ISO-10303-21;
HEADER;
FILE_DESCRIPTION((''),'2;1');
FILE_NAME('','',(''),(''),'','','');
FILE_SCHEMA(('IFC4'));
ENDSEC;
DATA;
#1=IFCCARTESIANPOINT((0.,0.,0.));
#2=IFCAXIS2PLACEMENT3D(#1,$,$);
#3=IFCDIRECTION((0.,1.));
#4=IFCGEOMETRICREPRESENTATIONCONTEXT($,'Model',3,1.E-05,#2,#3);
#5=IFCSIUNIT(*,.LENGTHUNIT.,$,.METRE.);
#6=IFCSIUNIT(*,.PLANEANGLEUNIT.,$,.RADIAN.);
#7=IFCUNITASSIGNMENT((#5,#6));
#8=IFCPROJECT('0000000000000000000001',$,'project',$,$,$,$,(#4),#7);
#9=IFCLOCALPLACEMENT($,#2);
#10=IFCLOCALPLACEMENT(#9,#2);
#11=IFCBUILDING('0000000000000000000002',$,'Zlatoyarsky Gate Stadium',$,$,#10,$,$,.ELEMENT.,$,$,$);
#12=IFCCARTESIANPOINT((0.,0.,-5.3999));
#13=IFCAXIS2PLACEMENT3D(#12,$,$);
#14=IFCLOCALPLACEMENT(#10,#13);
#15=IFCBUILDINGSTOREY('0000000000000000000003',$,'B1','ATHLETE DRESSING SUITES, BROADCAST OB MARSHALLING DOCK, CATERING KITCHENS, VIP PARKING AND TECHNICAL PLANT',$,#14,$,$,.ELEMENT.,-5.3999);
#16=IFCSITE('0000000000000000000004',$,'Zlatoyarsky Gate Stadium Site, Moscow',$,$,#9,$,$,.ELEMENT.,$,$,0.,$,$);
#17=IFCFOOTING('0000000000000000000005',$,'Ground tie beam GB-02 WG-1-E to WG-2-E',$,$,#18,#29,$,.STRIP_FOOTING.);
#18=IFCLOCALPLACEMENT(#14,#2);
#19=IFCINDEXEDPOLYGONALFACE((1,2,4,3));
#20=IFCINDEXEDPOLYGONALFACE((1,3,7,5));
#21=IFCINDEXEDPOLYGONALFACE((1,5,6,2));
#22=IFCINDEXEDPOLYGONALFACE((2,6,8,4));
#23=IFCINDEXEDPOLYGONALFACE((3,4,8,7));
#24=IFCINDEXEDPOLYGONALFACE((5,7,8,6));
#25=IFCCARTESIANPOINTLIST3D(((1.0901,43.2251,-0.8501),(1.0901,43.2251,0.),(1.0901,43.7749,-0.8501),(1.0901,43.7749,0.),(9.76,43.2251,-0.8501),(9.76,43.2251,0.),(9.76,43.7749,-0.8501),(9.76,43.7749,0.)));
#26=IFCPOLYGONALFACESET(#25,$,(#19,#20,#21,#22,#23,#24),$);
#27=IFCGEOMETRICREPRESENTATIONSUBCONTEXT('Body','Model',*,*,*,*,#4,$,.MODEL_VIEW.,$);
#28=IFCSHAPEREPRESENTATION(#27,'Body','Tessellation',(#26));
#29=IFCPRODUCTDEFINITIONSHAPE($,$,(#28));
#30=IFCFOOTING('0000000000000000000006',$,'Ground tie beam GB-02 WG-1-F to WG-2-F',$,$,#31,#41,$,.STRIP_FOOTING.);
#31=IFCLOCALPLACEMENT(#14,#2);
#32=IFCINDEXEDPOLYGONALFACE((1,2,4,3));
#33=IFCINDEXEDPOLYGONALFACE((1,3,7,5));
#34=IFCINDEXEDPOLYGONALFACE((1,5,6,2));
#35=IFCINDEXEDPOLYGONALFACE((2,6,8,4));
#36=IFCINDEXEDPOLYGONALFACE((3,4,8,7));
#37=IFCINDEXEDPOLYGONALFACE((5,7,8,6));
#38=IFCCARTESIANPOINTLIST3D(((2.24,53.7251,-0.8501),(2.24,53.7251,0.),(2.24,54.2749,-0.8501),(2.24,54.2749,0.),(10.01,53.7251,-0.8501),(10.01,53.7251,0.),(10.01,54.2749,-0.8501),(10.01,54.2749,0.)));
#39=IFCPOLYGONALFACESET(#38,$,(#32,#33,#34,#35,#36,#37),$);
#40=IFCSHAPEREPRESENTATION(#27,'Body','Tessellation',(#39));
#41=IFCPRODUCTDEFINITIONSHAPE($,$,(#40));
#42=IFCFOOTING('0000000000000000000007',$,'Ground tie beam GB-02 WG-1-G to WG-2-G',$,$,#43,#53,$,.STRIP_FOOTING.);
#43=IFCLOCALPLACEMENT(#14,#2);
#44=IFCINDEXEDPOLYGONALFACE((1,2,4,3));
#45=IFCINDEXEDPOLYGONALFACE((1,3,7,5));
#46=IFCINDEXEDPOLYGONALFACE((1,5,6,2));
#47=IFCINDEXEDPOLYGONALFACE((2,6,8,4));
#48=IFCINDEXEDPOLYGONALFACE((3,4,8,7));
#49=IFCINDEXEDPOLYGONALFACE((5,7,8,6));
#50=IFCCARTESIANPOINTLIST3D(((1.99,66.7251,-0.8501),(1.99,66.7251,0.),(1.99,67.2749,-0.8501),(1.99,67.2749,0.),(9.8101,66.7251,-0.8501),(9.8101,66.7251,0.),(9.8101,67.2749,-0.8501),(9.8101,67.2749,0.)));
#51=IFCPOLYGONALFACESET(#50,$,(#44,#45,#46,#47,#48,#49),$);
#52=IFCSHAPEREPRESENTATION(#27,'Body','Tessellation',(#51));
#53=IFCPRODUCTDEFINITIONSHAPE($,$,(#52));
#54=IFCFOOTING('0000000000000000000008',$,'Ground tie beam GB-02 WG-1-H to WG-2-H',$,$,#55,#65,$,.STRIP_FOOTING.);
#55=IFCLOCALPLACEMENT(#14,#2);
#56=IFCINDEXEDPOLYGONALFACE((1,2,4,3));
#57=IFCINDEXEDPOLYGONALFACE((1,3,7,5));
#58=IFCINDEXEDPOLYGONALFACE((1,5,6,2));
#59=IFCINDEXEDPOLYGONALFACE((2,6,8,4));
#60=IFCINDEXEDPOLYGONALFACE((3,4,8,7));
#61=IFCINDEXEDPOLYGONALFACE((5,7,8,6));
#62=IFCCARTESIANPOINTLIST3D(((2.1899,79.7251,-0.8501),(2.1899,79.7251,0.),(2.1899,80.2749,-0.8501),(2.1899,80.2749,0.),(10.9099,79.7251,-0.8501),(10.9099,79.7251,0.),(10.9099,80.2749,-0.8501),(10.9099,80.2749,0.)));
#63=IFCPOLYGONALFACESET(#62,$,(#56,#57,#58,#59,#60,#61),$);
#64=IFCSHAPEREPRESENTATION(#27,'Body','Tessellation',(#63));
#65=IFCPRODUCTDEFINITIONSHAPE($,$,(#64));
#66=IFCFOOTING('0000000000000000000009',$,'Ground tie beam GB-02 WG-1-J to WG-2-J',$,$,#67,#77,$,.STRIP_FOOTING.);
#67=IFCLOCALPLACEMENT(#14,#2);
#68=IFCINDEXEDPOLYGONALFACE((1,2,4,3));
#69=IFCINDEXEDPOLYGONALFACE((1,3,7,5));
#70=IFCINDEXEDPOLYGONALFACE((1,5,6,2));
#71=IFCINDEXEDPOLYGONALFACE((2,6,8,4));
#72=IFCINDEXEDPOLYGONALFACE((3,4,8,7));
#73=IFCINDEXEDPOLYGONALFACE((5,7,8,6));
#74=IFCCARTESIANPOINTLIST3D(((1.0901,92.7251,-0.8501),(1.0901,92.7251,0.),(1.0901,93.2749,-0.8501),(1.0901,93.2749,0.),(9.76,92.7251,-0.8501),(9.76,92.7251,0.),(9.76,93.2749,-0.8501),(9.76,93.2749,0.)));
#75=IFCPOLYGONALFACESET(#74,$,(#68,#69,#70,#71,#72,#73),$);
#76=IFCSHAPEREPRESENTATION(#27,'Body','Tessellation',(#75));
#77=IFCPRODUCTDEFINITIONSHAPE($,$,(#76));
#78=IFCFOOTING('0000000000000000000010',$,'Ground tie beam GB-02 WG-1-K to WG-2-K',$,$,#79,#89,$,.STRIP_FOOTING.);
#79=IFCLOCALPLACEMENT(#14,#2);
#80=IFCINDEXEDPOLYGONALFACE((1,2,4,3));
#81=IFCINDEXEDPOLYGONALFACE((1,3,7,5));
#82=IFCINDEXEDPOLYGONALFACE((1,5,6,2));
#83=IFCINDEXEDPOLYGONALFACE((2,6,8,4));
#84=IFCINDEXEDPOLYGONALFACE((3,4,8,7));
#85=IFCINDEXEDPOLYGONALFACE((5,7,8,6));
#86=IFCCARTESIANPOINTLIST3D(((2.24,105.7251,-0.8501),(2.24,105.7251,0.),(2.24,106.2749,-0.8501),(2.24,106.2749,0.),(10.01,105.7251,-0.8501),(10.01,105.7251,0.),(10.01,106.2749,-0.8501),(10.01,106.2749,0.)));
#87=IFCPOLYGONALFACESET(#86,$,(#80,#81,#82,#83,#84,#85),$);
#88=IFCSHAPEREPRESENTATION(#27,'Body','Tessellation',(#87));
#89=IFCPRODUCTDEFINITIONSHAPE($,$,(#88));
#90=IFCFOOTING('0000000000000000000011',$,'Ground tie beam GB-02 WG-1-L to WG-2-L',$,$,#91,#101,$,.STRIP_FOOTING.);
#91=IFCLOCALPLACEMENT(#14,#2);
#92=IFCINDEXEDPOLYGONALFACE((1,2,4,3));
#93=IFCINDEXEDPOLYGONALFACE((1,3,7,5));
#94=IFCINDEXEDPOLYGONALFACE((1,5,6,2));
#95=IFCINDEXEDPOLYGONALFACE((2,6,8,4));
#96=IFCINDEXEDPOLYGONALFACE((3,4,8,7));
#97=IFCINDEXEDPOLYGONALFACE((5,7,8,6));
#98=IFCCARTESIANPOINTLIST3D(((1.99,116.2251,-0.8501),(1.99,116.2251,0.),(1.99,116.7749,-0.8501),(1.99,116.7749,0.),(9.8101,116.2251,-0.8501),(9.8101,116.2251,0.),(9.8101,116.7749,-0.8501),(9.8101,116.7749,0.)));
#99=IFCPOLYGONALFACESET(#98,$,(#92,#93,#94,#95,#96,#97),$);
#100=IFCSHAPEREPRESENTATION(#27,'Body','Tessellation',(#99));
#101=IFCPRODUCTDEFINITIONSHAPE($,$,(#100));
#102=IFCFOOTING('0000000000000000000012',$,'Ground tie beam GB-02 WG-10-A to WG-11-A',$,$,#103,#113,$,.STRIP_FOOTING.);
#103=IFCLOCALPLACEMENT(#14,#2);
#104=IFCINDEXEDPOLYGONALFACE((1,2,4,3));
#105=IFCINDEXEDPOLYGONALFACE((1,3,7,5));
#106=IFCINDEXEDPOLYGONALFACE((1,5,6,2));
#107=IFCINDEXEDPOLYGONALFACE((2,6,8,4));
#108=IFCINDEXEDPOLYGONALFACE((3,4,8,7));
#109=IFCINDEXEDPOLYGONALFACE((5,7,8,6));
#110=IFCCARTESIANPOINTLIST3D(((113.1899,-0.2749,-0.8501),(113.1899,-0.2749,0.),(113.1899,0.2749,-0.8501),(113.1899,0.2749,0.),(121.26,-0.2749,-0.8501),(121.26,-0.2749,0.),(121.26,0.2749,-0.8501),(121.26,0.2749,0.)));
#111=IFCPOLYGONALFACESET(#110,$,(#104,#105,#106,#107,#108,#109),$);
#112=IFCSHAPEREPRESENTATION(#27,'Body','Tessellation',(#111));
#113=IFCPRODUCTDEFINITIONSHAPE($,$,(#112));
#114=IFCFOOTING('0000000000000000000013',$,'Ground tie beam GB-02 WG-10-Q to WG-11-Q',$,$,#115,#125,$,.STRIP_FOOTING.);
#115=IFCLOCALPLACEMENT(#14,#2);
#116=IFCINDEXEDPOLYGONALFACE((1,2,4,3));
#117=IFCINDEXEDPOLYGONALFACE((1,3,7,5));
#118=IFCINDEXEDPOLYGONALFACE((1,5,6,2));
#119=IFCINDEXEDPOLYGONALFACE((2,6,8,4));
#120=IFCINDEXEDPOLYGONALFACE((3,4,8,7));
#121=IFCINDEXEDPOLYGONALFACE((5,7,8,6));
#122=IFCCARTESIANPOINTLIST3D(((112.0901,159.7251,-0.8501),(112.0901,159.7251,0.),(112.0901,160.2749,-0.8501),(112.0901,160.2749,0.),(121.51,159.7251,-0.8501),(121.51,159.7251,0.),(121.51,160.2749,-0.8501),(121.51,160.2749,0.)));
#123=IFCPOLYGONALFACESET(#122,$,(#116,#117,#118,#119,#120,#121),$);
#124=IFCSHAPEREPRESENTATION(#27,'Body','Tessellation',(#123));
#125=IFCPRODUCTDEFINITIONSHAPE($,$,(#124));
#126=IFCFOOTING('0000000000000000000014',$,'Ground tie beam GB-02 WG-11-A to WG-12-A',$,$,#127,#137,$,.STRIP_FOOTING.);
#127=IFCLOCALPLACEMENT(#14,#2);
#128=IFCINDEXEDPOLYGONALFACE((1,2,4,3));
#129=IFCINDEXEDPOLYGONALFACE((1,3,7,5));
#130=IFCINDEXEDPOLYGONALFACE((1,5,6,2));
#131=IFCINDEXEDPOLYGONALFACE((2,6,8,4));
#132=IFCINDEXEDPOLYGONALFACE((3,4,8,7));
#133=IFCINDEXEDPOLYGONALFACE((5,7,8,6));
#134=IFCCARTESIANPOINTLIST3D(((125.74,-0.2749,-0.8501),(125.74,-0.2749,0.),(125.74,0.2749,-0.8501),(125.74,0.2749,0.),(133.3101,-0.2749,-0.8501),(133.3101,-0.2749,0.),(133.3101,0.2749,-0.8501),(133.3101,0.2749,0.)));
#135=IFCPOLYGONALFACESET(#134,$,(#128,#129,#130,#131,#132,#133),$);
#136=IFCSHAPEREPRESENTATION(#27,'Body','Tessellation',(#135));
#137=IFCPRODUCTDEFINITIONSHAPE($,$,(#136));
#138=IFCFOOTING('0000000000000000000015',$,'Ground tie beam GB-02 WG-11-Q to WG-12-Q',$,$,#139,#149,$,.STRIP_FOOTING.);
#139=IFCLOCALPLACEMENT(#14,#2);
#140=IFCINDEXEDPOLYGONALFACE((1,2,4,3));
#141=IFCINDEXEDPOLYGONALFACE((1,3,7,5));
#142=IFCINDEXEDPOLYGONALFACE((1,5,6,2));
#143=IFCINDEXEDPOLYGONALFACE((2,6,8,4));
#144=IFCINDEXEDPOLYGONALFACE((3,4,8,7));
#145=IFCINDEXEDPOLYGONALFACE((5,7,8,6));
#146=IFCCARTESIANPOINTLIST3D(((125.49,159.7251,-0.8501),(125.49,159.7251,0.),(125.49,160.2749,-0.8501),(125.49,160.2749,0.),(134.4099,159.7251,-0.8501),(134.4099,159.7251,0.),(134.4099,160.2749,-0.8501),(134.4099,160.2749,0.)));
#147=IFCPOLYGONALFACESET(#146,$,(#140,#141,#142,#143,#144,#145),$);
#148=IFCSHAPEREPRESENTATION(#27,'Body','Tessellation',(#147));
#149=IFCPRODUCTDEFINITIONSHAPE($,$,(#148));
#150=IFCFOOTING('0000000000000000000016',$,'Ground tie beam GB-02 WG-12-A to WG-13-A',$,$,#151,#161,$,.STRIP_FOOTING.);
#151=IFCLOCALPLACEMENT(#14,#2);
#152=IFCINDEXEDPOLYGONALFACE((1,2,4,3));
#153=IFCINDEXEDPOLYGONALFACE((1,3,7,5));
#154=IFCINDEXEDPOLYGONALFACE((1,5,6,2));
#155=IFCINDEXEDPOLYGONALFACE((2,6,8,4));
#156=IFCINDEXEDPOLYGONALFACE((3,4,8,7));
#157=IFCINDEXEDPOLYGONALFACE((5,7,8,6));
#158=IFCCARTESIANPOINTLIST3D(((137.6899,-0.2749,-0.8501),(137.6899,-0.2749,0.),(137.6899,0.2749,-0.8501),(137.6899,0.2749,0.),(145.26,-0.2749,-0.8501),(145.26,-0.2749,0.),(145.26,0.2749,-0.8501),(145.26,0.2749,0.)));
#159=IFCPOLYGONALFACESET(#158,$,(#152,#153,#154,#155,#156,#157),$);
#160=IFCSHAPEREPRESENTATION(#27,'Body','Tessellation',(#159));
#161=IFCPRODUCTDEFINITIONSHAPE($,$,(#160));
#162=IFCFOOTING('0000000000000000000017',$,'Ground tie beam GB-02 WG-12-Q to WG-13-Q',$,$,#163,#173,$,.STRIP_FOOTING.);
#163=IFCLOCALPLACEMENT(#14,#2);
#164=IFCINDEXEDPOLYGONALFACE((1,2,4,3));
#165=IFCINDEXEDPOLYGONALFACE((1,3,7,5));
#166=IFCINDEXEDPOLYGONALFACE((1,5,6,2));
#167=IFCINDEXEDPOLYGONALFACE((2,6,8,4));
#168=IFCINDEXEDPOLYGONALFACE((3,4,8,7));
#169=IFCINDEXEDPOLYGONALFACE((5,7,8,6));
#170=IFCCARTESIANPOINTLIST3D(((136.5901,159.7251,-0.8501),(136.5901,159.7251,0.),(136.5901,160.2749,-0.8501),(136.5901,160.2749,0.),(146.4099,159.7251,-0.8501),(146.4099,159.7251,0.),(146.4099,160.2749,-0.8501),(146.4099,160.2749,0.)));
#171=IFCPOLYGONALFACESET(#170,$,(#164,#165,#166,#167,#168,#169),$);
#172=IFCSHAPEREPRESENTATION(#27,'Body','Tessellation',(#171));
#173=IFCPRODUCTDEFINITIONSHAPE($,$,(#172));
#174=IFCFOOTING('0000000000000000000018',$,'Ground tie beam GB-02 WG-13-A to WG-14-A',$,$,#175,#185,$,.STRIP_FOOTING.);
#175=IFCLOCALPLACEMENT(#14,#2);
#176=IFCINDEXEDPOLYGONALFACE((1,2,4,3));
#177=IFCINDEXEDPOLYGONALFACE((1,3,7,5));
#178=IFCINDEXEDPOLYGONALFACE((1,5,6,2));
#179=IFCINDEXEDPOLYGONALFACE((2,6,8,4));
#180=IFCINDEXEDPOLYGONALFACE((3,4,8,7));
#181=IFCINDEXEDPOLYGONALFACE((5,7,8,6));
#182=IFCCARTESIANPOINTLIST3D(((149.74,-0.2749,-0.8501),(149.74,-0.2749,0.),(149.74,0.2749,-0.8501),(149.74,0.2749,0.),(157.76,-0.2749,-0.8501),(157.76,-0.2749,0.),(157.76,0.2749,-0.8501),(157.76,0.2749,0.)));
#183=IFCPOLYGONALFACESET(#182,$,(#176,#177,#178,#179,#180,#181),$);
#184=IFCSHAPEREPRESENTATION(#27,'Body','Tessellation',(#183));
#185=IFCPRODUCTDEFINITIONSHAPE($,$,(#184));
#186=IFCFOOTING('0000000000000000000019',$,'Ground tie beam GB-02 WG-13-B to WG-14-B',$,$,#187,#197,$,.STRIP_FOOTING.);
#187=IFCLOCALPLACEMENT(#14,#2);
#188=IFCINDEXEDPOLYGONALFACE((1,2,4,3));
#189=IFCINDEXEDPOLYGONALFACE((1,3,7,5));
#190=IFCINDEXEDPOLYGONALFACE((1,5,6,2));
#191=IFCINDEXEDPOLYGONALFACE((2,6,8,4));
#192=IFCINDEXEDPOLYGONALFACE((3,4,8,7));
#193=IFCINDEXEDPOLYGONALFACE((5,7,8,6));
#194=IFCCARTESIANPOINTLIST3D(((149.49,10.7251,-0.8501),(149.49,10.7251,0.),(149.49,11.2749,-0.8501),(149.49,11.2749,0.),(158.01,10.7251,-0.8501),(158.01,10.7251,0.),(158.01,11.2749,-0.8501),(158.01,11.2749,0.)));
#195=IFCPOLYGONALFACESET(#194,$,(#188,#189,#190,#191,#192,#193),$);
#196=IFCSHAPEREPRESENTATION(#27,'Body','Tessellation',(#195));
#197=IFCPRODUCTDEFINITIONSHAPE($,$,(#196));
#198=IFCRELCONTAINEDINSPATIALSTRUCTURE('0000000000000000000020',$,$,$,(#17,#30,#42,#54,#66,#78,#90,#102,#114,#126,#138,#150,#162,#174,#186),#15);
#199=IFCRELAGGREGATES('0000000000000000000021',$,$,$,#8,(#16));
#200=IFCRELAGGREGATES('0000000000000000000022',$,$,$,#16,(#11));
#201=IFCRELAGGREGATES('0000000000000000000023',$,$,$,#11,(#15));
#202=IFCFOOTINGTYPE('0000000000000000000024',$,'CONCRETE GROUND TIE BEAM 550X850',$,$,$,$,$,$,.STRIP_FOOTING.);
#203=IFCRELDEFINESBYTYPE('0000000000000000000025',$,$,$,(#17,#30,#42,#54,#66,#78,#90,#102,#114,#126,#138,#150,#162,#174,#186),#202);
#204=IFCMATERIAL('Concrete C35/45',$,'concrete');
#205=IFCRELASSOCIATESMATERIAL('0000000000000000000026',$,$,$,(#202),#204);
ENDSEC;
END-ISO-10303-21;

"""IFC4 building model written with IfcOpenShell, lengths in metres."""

from ifc_helpers import new_model, si_unit, direction, frame, origin, origin_2d, place, context, subcontext, project, spatial, polyline, rectangle, outline, extrude, material, material_profile, profile_set, type_object, element, save


model = new_model("IFC4")

# Units and contexts
model_context = context("Model", 3, precision=1e-05, world=origin(), true_north=direction((0.0, 1.0)))
body_context = subcontext(model_context, "Body", "Model", "MODEL_VIEW")
ifc_project = project(units=[si_unit("LENGTHUNIT", "METRE"), si_unit("PLANEANGLEUNIT", "RADIAN")], contexts=[model_context])

# Site, building, storey
site_placement = place(None, origin())
site = spatial("IfcSite", under=ifc_project, at=site_placement, Name="Zlatoyarsky Gate Stadium Site, Moscow", CompositionType="ELEMENT", RefElevation=0.0)
building_placement = place(site_placement, origin())
building = spatial("IfcBuilding", under=site, at=building_placement, Name="Zlatoyarsky Gate Stadium", CompositionType="ELEMENT")
storey_placement = place(building_placement, frame((0.0, 0.0, -5.3999)))
storey = spatial("IfcBuildingStorey", under=building, at=storey_placement, Name="B1", Description="ATHLETE DRESSING SUITES, BROADCAST OB MARSHALLING DOCK, CATERING KITCHENS, VIP PARKING AND TECHNICAL PLANT", CompositionType="ELEMENT", Elevation=-5.3999)

# Footings
ifc_material = material(Name="Concrete C35/45", Category="concrete")
ifc_material_profile = material_profile(ifc_material, rectangle(XDim=0.55, YDim=0.8501, at=origin_2d()), Name="GB 550X850")
ifc_profile_set = profile_set([ifc_material_profile], Name="Concrete C35/45")
footing_type = type_object("IfcFootingType", Name="CONCRETE GROUND TIE BEAM 550X850", PredefinedType="STRIP_FOOTING", material=ifc_profile_set)
footing_1_placement = place(storey_placement, frame((0.0, 0.0, -0.8501)))
element("IfcFooting", 1, at=footing_1_placement, inside=storey, type_object=footing_type, Name="Ground tie beam GB-02 WG-1-E to WG-2-E", PredefinedType="STRIP_FOOTING", context=body_context, shape_type="SweptSolid", body=[
    extrude(outline(polyline([(1.0901, 43.2251), (9.76, 43.2251), (9.76, 43.7749), (1.0901, 43.7749), (1.0901, 43.2251)])), origin(), (0.0, 0.0, 1.0), 0.8501),
])
footing_2_placement = place(storey_placement, frame((0.0, 0.0, -0.8501)))
element("IfcFooting", 2, at=footing_2_placement, inside=storey, type_object=footing_type, Name="Ground tie beam GB-02 WG-1-F to WG-2-F", PredefinedType="STRIP_FOOTING", context=body_context, shape_type="SweptSolid", body=[
    extrude(outline(polyline([(2.24, 53.7251), (10.01, 53.7251), (10.01, 54.2749), (2.24, 54.2749), (2.24, 53.7251)])), origin(), (0.0, 0.0, 1.0), 0.8501),
])
footing_3_placement = place(storey_placement, frame((0.0, 0.0, -0.8501)))
element("IfcFooting", 3, at=footing_3_placement, inside=storey, type_object=footing_type, Name="Ground tie beam GB-02 WG-1-G to WG-2-G", PredefinedType="STRIP_FOOTING", context=body_context, shape_type="SweptSolid", body=[
    extrude(outline(polyline([(1.99, 66.7251), (9.8101, 66.7251), (9.8101, 67.2749), (1.99, 67.2749), (1.99, 66.7251)])), origin(), (0.0, 0.0, 1.0), 0.8501),
])
footing_4_placement = place(storey_placement, frame((0.0, 0.0, -0.8501)))
element("IfcFooting", 4, at=footing_4_placement, inside=storey, type_object=footing_type, Name="Ground tie beam GB-02 WG-1-H to WG-2-H", PredefinedType="STRIP_FOOTING", context=body_context, shape_type="SweptSolid", body=[
    extrude(outline(polyline([(2.1899, 79.7251), (10.9099, 79.7251), (10.9099, 80.2749), (2.1899, 80.2749), (2.1899, 79.7251)])), origin(), (0.0, 0.0, 1.0), 0.8501),
])
footing_5_placement = place(storey_placement, frame((0.0, 0.0, -0.8501)))
element("IfcFooting", 5, at=footing_5_placement, inside=storey, type_object=footing_type, Name="Ground tie beam GB-02 WG-1-J to WG-2-J", PredefinedType="STRIP_FOOTING", context=body_context, shape_type="SweptSolid", body=[
    extrude(outline(polyline([(1.0901, 92.7251), (9.76, 92.7251), (9.76, 93.2749), (1.0901, 93.2749), (1.0901, 92.7251)])), origin(), (0.0, 0.0, 1.0), 0.8501),
])
footing_6_placement = place(storey_placement, frame((0.0, 0.0, -0.8501)))
element("IfcFooting", 6, at=footing_6_placement, inside=storey, type_object=footing_type, Name="Ground tie beam GB-02 WG-1-K to WG-2-K", PredefinedType="STRIP_FOOTING", context=body_context, shape_type="SweptSolid", body=[
    extrude(outline(polyline([(2.24, 105.7251), (10.01, 105.7251), (10.01, 106.2749), (2.24, 106.2749), (2.24, 105.7251)])), origin(), (0.0, 0.0, 1.0), 0.8501),
])
footing_7_placement = place(storey_placement, frame((0.0, 0.0, -0.8501)))
element("IfcFooting", 7, at=footing_7_placement, inside=storey, type_object=footing_type, Name="Ground tie beam GB-02 WG-1-L to WG-2-L", PredefinedType="STRIP_FOOTING", context=body_context, shape_type="SweptSolid", body=[
    extrude(outline(polyline([(1.99, 116.2251), (9.8101, 116.2251), (9.8101, 116.7749), (1.99, 116.7749), (1.99, 116.2251)])), origin(), (0.0, 0.0, 1.0), 0.8501),
])
footing_8_placement = place(storey_placement, frame((0.0, 0.0, -0.8501)))
element("IfcFooting", 8, at=footing_8_placement, inside=storey, type_object=footing_type, Name="Ground tie beam GB-02 WG-10-A to WG-11-A", PredefinedType="STRIP_FOOTING", context=body_context, shape_type="SweptSolid", body=[
    extrude(outline(polyline([(113.1899, -0.2749), (121.26, -0.2749), (121.26, 0.2749), (113.1899, 0.2749), (113.1899, -0.2749)])), origin(), (0.0, 0.0, 1.0), 0.8501),
])
footing_9_placement = place(storey_placement, frame((0.0, 0.0, -0.8501)))
element("IfcFooting", 9, at=footing_9_placement, inside=storey, type_object=footing_type, Name="Ground tie beam GB-02 WG-10-Q to WG-11-Q", PredefinedType="STRIP_FOOTING", context=body_context, shape_type="SweptSolid", body=[
    extrude(outline(polyline([(112.0901, 159.7251), (121.51, 159.7251), (121.51, 160.2749), (112.0901, 160.2749), (112.0901, 159.7251)])), origin(), (0.0, 0.0, 1.0), 0.8501),
])
footing_10_placement = place(storey_placement, frame((0.0, 0.0, -0.8501)))
element("IfcFooting", 10, at=footing_10_placement, inside=storey, type_object=footing_type, Name="Ground tie beam GB-02 WG-11-A to WG-12-A", PredefinedType="STRIP_FOOTING", context=body_context, shape_type="SweptSolid", body=[
    extrude(outline(polyline([(125.74, -0.2749), (133.3101, -0.2749), (133.3101, 0.2749), (125.74, 0.2749), (125.74, -0.2749)])), origin(), (0.0, 0.0, 1.0), 0.8501),
])
footing_11_placement = place(storey_placement, frame((0.0, 0.0, -0.8501)))
element("IfcFooting", 11, at=footing_11_placement, inside=storey, type_object=footing_type, Name="Ground tie beam GB-02 WG-11-Q to WG-12-Q", PredefinedType="STRIP_FOOTING", context=body_context, shape_type="SweptSolid", body=[
    extrude(outline(polyline([(125.49, 159.7251), (134.4099, 159.7251), (134.4099, 160.2749), (125.49, 160.2749), (125.49, 159.7251)])), origin(), (0.0, 0.0, 1.0), 0.8501),
])
footing_12_placement = place(storey_placement, frame((0.0, 0.0, -0.8501)))
element("IfcFooting", 12, at=footing_12_placement, inside=storey, type_object=footing_type, Name="Ground tie beam GB-02 WG-12-A to WG-13-A", PredefinedType="STRIP_FOOTING", context=body_context, shape_type="SweptSolid", body=[
    extrude(outline(polyline([(137.6899, -0.2749), (145.26, -0.2749), (145.26, 0.2749), (137.6899, 0.2749), (137.6899, -0.2749)])), origin(), (0.0, 0.0, 1.0), 0.8501),
])
footing_13_placement = place(storey_placement, frame((0.0, 0.0, -0.8501)))
element("IfcFooting", 13, at=footing_13_placement, inside=storey, type_object=footing_type, Name="Ground tie beam GB-02 WG-12-Q to WG-13-Q", PredefinedType="STRIP_FOOTING", context=body_context, shape_type="SweptSolid", body=[
    extrude(outline(polyline([(136.5901, 159.7251), (146.4099, 159.7251), (146.4099, 160.2749), (136.5901, 160.2749), (136.5901, 159.7251)])), origin(), (0.0, 0.0, 1.0), 0.8501),
])
footing_14_placement = place(storey_placement, frame((0.0, 0.0, -0.8501)))
element("IfcFooting", 14, at=footing_14_placement, inside=storey, type_object=footing_type, Name="Ground tie beam GB-02 WG-13-A to WG-14-A", PredefinedType="STRIP_FOOTING", context=body_context, shape_type="SweptSolid", body=[
    extrude(outline(polyline([(149.74, -0.2749), (157.76, -0.2749), (157.76, 0.2749), (149.74, 0.2749), (149.74, -0.2749)])), origin(), (0.0, 0.0, 1.0), 0.8501),
])
footing_15_placement = place(storey_placement, frame((0.0, 0.0, -0.8501)))
element("IfcFooting", 15, at=footing_15_placement, inside=storey, type_object=footing_type, Name="Ground tie beam GB-02 WG-13-B to WG-14-B", PredefinedType="STRIP_FOOTING", context=body_context, shape_type="SweptSolid", body=[
    extrude(outline(polyline([(149.49, 10.7251), (158.01, 10.7251), (158.01, 11.2749), (149.49, 11.2749), (149.49, 10.7251)])), origin(), (0.0, 0.0, 1.0), 0.8501),
])

save(model, "model.ifc")
